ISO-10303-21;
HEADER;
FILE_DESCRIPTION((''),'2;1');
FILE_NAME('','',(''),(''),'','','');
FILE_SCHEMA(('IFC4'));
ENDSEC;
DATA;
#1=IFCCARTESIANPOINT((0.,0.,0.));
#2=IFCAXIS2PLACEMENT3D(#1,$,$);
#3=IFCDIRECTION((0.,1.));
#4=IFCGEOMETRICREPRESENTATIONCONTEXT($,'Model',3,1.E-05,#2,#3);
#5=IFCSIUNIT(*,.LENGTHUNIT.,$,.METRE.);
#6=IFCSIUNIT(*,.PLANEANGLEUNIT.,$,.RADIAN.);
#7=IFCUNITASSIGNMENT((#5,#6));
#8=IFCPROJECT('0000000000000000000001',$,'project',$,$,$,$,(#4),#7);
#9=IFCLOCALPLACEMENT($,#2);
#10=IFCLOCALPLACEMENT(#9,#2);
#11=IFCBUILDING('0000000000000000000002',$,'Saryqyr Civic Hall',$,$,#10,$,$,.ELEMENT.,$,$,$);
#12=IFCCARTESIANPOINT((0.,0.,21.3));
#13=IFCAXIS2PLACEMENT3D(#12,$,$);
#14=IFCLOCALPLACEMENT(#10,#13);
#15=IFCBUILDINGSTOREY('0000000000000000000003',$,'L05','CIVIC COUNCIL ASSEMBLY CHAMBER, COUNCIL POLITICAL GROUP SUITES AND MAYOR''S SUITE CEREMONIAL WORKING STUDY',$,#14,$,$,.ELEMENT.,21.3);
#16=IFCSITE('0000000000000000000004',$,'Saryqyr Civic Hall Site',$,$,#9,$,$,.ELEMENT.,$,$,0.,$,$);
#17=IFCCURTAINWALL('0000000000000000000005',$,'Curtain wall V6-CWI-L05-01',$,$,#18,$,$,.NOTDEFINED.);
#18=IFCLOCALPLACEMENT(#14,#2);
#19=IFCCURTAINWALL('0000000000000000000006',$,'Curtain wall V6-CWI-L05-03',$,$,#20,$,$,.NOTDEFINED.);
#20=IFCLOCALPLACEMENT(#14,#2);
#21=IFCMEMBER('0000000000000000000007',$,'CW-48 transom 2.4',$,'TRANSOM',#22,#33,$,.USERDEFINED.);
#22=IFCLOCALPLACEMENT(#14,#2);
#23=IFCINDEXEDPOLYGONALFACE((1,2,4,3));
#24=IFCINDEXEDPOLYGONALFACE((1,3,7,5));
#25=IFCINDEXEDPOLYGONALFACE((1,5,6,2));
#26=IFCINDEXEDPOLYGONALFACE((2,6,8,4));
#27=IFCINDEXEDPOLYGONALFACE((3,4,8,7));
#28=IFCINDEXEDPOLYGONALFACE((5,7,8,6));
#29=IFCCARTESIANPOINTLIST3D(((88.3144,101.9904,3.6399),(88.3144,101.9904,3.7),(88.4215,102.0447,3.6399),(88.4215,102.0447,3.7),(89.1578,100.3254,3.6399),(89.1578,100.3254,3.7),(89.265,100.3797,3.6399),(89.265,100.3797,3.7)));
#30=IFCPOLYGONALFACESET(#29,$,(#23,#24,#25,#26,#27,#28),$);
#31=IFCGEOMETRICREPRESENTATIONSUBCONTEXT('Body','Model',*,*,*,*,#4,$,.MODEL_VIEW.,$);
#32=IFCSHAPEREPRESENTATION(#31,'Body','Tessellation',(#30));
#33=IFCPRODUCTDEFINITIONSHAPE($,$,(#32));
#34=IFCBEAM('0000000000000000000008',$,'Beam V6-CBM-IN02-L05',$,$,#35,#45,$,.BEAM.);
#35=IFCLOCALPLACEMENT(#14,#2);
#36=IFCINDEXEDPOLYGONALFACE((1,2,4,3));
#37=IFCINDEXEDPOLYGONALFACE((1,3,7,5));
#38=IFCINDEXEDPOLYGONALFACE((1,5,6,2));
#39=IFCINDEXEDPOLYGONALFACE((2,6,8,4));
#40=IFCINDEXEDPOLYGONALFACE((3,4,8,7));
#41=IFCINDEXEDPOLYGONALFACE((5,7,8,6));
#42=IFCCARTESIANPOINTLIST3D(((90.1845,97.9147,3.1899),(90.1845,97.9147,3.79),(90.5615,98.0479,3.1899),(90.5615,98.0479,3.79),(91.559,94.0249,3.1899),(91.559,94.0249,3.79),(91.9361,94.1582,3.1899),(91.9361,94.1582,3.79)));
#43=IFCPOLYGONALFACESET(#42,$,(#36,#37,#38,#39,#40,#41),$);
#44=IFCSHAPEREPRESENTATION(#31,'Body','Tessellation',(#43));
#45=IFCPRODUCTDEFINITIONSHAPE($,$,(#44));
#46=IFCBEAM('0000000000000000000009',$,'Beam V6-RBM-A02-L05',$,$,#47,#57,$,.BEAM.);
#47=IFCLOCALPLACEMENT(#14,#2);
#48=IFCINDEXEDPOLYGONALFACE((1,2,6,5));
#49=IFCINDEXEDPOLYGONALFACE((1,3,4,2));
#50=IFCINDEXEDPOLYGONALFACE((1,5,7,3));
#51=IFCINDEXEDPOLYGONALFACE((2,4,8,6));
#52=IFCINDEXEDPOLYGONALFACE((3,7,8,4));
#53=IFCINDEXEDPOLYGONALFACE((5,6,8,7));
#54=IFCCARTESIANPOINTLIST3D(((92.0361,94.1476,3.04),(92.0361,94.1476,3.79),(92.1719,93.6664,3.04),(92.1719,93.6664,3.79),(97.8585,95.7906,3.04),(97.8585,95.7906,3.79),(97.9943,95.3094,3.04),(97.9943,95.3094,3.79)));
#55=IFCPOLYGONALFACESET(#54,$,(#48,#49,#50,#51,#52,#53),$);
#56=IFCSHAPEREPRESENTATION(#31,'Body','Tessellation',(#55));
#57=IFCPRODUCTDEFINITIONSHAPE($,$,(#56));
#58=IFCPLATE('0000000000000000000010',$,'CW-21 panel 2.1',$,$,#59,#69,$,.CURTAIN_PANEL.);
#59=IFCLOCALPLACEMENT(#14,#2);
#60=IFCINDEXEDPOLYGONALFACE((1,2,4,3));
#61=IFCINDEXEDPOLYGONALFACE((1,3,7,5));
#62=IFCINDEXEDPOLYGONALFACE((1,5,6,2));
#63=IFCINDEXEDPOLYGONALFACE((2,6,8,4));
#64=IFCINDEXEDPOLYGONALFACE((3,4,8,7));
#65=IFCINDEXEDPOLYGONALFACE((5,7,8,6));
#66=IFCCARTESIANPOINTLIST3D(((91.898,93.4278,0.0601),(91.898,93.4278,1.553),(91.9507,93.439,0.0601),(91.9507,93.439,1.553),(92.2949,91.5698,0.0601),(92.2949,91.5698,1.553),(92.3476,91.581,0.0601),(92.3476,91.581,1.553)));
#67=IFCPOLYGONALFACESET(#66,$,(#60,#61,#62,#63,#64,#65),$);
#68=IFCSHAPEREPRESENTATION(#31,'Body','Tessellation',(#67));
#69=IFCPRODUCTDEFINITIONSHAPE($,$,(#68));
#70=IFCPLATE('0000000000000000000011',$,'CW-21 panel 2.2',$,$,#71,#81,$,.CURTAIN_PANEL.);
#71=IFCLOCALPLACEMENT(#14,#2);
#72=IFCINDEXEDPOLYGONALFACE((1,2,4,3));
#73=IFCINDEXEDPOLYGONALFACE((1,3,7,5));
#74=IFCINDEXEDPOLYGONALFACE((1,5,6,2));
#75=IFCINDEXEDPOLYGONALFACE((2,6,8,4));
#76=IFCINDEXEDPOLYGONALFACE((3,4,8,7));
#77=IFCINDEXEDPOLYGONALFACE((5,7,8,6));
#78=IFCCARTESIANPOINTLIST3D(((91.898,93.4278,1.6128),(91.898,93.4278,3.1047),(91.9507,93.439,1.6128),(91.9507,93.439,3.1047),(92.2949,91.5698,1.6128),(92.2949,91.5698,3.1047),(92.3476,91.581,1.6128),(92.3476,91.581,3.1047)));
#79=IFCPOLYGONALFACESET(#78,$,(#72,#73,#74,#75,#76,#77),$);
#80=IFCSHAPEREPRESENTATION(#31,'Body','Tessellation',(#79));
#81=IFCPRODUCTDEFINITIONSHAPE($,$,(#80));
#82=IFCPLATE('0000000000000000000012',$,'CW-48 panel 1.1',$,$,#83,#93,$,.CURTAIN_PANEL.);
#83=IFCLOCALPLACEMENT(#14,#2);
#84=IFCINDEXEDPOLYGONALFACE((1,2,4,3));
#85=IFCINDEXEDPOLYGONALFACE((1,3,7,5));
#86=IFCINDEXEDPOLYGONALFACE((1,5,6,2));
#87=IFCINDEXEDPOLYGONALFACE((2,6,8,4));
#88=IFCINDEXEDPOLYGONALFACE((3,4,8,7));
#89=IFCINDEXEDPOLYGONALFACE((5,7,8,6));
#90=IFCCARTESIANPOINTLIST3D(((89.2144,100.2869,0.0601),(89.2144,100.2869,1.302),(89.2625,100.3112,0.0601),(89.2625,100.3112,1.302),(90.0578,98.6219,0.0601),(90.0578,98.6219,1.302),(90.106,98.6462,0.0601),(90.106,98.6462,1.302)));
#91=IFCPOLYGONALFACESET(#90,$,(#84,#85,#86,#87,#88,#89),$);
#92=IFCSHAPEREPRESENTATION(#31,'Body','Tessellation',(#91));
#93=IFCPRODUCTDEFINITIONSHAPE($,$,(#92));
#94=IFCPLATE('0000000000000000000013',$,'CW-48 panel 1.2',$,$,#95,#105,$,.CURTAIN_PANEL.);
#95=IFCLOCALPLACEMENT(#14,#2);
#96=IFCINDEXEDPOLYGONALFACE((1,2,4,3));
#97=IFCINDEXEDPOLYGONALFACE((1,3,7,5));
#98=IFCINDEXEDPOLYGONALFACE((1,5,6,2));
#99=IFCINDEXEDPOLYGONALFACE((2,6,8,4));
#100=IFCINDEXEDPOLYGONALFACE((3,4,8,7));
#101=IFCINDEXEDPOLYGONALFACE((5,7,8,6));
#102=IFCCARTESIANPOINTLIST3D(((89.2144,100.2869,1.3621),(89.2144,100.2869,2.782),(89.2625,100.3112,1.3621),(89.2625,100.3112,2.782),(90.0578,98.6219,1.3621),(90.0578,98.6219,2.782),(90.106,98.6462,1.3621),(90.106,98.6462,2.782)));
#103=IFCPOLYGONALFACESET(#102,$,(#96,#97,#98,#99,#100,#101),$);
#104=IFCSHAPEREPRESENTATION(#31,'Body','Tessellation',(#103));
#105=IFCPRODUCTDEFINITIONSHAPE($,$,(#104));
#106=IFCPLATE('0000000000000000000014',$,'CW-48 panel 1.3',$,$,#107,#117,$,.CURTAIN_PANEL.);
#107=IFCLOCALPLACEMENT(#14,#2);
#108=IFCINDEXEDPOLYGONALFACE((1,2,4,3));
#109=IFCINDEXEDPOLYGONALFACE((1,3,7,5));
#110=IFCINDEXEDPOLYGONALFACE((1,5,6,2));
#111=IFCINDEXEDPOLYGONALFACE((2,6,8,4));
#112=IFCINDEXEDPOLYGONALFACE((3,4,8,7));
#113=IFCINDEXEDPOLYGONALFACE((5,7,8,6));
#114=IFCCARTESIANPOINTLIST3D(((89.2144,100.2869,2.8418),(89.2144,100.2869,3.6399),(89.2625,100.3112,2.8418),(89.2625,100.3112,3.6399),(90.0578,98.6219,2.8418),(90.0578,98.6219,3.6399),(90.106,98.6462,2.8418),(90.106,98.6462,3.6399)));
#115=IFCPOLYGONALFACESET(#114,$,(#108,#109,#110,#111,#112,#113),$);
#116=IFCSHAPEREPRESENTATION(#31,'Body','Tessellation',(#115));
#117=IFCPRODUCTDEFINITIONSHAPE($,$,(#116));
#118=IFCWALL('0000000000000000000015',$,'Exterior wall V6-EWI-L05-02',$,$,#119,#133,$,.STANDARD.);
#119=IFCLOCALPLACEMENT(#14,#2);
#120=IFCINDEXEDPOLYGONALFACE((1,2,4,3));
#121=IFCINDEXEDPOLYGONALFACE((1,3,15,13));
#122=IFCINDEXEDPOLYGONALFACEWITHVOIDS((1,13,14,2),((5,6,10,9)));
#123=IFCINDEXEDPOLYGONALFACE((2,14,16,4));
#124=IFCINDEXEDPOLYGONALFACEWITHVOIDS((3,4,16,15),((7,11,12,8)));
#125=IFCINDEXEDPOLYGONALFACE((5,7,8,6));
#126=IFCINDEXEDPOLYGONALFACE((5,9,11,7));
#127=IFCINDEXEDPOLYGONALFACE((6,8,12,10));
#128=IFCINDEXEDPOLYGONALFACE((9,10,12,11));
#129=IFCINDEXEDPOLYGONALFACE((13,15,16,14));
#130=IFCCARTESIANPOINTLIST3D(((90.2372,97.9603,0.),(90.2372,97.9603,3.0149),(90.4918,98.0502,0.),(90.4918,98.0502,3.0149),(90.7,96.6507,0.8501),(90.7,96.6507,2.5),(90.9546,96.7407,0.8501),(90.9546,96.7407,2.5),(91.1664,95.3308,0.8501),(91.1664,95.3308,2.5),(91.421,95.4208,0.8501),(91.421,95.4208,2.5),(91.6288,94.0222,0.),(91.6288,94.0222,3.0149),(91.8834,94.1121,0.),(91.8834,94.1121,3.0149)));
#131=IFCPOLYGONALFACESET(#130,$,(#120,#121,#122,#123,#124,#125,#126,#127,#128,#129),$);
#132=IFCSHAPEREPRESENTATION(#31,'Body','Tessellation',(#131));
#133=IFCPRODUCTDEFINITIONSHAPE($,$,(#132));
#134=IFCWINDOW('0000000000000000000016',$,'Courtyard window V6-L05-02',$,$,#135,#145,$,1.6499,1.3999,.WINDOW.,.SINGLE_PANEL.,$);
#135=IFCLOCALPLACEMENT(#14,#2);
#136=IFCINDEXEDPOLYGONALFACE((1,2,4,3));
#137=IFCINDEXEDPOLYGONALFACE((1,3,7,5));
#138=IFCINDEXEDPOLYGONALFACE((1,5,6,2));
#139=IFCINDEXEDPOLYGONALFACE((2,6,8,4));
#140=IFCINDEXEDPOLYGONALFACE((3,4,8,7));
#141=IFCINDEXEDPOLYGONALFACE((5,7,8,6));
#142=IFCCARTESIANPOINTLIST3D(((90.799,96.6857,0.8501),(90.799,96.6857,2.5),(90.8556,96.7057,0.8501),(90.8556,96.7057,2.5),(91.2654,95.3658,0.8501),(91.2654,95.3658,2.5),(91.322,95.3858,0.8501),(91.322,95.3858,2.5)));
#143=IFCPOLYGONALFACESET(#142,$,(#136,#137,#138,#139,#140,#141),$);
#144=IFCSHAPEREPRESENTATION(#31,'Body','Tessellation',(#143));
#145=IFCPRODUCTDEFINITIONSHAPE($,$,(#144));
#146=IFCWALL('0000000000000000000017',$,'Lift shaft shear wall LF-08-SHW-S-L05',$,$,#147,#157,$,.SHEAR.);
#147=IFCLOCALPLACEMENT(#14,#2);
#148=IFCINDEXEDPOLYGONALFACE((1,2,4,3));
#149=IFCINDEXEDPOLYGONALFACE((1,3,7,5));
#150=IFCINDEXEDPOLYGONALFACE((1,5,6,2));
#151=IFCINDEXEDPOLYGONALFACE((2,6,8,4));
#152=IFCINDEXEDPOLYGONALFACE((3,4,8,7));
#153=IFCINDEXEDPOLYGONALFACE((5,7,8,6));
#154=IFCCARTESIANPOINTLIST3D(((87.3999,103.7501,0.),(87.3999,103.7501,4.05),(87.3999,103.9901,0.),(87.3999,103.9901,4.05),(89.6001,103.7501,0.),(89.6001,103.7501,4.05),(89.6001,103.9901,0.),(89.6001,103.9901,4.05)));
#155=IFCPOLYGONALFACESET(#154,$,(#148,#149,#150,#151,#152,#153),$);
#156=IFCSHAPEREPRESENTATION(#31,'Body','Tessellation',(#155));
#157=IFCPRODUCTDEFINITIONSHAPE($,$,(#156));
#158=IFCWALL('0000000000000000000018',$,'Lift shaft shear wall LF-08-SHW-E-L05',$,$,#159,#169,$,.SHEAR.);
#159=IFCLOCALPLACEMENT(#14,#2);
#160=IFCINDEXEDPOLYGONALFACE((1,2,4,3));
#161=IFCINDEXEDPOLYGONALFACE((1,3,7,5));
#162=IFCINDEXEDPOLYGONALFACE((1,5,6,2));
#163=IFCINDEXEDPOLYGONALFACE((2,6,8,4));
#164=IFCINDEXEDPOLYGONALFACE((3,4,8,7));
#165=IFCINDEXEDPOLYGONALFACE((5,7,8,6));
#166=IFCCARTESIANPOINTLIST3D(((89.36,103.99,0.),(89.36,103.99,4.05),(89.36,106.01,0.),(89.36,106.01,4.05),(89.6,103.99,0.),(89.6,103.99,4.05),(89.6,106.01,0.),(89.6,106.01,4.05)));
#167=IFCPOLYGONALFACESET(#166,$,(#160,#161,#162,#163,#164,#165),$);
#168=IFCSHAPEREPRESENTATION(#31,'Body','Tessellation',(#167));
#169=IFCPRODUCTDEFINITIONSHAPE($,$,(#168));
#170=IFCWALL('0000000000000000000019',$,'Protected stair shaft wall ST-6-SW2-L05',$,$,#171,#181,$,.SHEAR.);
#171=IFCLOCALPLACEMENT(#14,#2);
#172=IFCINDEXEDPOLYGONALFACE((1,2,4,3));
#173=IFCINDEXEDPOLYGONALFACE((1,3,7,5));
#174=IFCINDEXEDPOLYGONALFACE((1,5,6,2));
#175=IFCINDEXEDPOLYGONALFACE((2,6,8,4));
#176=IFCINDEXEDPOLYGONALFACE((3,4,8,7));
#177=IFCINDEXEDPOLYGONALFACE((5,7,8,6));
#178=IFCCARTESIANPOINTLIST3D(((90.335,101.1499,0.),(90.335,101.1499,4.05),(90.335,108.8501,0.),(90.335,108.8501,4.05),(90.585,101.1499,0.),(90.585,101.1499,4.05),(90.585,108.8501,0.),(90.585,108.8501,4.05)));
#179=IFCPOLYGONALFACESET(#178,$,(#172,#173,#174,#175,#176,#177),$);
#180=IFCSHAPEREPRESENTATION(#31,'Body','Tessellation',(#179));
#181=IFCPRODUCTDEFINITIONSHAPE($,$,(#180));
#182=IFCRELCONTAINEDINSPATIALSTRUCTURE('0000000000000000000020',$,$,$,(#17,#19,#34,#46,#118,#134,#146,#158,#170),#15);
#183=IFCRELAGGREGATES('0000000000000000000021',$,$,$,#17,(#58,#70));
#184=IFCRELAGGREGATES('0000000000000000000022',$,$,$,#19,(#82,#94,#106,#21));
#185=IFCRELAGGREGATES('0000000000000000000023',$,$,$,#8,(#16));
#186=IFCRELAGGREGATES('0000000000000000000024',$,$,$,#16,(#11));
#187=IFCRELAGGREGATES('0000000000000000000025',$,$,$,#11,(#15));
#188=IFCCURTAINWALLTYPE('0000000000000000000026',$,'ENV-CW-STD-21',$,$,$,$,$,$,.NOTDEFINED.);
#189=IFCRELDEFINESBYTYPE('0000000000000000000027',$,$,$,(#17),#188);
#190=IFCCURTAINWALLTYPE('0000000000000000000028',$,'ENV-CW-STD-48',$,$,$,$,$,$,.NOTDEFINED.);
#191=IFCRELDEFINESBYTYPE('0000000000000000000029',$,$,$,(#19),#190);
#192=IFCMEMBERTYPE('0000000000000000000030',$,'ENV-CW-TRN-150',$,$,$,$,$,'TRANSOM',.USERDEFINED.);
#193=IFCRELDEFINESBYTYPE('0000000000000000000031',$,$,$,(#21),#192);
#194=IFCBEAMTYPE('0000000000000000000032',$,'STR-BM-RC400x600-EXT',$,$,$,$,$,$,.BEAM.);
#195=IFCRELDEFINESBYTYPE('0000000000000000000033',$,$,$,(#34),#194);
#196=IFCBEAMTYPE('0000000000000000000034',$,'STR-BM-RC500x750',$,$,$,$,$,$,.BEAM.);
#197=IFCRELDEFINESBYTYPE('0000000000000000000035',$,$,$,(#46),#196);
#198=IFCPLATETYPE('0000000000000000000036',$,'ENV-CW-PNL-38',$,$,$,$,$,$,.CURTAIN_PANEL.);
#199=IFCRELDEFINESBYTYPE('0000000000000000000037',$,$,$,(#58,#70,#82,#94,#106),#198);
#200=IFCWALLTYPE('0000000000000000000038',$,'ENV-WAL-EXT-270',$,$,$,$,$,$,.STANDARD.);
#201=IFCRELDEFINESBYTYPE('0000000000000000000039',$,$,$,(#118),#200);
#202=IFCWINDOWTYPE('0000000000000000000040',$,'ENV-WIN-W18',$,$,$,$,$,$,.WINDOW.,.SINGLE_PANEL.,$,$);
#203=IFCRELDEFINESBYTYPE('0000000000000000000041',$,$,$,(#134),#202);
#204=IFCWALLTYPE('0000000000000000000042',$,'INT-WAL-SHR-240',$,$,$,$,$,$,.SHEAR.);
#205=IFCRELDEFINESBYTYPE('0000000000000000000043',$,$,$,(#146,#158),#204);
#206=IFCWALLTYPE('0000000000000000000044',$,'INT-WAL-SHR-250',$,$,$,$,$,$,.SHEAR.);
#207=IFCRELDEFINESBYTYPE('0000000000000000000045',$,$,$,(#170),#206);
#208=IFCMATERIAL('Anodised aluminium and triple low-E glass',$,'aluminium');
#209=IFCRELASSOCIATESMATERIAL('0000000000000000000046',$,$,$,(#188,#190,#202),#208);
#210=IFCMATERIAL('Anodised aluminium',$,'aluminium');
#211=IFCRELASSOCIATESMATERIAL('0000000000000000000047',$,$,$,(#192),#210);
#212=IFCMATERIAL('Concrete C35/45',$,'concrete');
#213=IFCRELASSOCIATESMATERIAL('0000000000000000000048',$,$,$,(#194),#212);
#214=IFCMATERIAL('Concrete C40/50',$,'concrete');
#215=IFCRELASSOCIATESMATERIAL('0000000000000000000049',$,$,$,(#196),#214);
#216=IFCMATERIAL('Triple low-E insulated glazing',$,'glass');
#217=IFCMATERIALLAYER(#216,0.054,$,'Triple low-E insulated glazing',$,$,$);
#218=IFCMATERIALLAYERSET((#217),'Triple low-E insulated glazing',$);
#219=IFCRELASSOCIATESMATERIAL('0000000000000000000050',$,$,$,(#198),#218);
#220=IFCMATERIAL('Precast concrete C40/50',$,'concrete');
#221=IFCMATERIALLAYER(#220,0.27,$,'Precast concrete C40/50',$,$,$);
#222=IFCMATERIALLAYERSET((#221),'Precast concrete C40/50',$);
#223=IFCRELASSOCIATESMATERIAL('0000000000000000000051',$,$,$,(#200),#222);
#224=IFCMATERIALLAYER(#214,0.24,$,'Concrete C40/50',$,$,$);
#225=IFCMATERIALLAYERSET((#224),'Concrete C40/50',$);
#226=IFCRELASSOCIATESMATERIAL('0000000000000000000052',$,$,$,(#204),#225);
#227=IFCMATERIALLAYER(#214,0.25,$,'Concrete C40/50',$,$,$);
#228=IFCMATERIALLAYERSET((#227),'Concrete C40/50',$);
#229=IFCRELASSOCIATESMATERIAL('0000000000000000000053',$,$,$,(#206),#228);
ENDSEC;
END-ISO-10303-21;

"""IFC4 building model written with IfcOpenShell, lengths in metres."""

from ifc_helpers import new_model, si_unit, direction, frame, frame_2d, origin, origin_2d, place, context, subcontext, project, spatial, rectangle, extrude, material, layer, layer_set, material_profile, profile_set, type_object, element, fill, aggregate, save


model = new_model("IFC4")

# Units and contexts
model_context = context("Model", 3, precision=1e-05, world=origin(), true_north=direction((0.0, 1.0)))
body_context = subcontext(model_context, "Body", "Model", "MODEL_VIEW")
ifc_project = project(units=[si_unit("LENGTHUNIT", "METRE"), si_unit("PLANEANGLEUNIT", "RADIAN")], contexts=[model_context])

# Site, building, storey
site_placement = place(None, origin())
site = spatial("IfcSite", under=ifc_project, at=site_placement, Name="Saryqyr Civic Hall Site", CompositionType="ELEMENT", RefElevation=0.0)
building_placement = place(site_placement, origin())
building = spatial("IfcBuilding", under=site, at=building_placement, Name="Saryqyr Civic Hall", CompositionType="ELEMENT")
storey_placement = place(building_placement, frame((0.0, 0.0, 21.3)))
storey = spatial("IfcBuildingStorey", under=building, at=storey_placement, Name="L05", Description="CIVIC COUNCIL ASSEMBLY CHAMBER, COUNCIL POLITICAL GROUP SUITES AND MAYOR'S SUITE CEREMONIAL WORKING STUDY", CompositionType="ELEMENT", Elevation=21.3)

# Shared definitions
ifc_material_1 = material(Name="Concrete C40/50", Category="concrete")

# Curtain walls
ifc_material_2 = material(Name="Anodised aluminium and triple low-E glass", Category="aluminium")
curtain_wall_type_1 = type_object("IfcCurtainWallType", Name="ENV-CW-STD-21", PredefinedType="NOTDEFINED", material=ifc_material_2)
curtain_wall_1_placement = place(storey_placement, origin())
curtain_wall_1 = element("IfcCurtainWall", 1, at=curtain_wall_1_placement, inside=storey, type_object=curtain_wall_type_1, Name="Curtain wall V6-CWI-L05-01", PredefinedType="NOTDEFINED")
ifc_material_3 = material(Name="Anodised aluminium", Category="aluminium")
curtain_wall_type_2 = type_object("IfcCurtainWallType", Name="ENV-CW-STD-48", PredefinedType="NOTDEFINED", material=ifc_material_2)
curtain_wall_2_placement = place(storey_placement, origin())
curtain_wall_2 = element("IfcCurtainWall", 2, at=curtain_wall_2_placement, inside=storey, type_object=curtain_wall_type_2, Name="Curtain wall V6-CWI-L05-03", PredefinedType="NOTDEFINED")

# Member
ifc_material_profile_1 = material_profile(ifc_material_3, rectangle(XDim=0.1201, YDim=0.0601, at=origin_2d()), Name="ALU TRANSOM 120x60")
ifc_profile_set_1 = profile_set([ifc_material_profile_1], Name="Anodised aluminium")
member_type_1 = type_object("IfcMemberType", Name="ENV-CW-TRN-150", ElementType="TRANSOM", PredefinedType="USERDEFINED", material=ifc_profile_set_1)
member_1_placement = place(storey_placement, frame((89.2114, 100.3525, 3.6699), z_axis=(-0.451916, 0.89206, 0.0), x_axis=(-0.89206, -0.451916, 0.0)))
member_1 = element("IfcMember", 3, at=member_1_placement, type_object=member_type_1, Name="CW-48 transom 2.4", ObjectType="TRANSOM", PredefinedType="USERDEFINED", context=body_context, shape_type="SweptSolid", body=[
    extrude(rectangle(XDim=0.1201, YDim=0.0601, at=origin_2d()), origin(), (0.0, 0.0, 1.0), 1.8665),
])

# Beams
ifc_material_4 = material(Name="Concrete C35/45", Category="concrete")
ifc_material_profile_2 = material_profile(ifc_material_4, rectangle(XDim=0.3999, YDim=0.6001, at=origin_2d()), Name="RC 400x600")
ifc_profile_set_2 = profile_set([ifc_material_profile_2], Name="Concrete C35/45")
beam_type_1 = type_object("IfcBeamType", Name="STR-BM-RC400x600-EXT", PredefinedType="BEAM", material=ifc_profile_set_2)
beam_1_placement = place(storey_placement, frame((91.7476, 94.0916, 3.49), z_axis=(-0.333185, 0.942861, 0.0), x_axis=(-0.942861, -0.333185, 0.0)))
element("IfcBeam", 4, at=beam_1_placement, inside=storey, type_object=beam_type_1, Name="Beam V6-CBM-IN02-L05", PredefinedType="BEAM", context=body_context, shape_type="SweptSolid", body=[
    extrude(rectangle(XDim=0.3999, YDim=0.6001, at=origin_2d()), origin(), (0.0, 0.0, 1.0), 4.1255),
])
ifc_material_profile_3 = material_profile(ifc_material_1, rectangle(XDim=0.5, YDim=0.75, at=origin_2d()), Name="RC 500x750")
ifc_profile_set_3 = profile_set([ifc_material_profile_3], Name="Concrete C40/50")
beam_type_2 = type_object("IfcBeamType", Name="STR-BM-RC500x750", PredefinedType="BEAM", material=ifc_profile_set_3)
beam_2_placement = place(storey_placement, frame((92.104, 93.907, 3.415), z_axis=(0.962414, 0.271586, 0.0), x_axis=(-0.271586, 0.962414, 0.0)))
element("IfcBeam", 5, at=beam_2_placement, inside=storey, type_object=beam_type_2, Name="Beam V6-RBM-A02-L05", PredefinedType="BEAM", context=body_context, shape_type="SweptSolid", body=[
    extrude(rectangle(XDim=0.5, YDim=0.75, at=origin_2d()), origin(), (0.0, 0.0, 1.0), 6.0498),
])

# Plates
ifc_material_5 = material(Name="Triple low-E insulated glazing", Category="glass")
ifc_layer_1 = layer(ifc_material_5, 0.054, Name="Triple low-E insulated glazing")
ifc_layer_set_1 = layer_set([ifc_layer_1], Name="Triple low-E insulated glazing")
plate_type = type_object("IfcPlateType", Name="ENV-CW-PNL-38", PredefinedType="CURTAIN_PANEL", material=ifc_layer_set_1)
plate_1_placement = place(storey_placement, frame((92.1228, 92.5044, 0.0601), z_axis=(0.0, 0.0, 1.0), x_axis=(-0.208899, 0.977937, 0.0)))
plate_1 = element("IfcPlate", 6, at=plate_1_placement, type_object=plate_type, Name="CW-21 panel 2.1", PredefinedType="CURTAIN_PANEL", context=body_context, shape_type="SweptSolid", body=[
    extrude(rectangle(XDim=1.8999, YDim=0.054, at=origin_2d()), origin(), (0.0, 0.0, 1.0), 1.4929),
])
plate_2_placement = place(storey_placement, frame((92.1228, 92.5044, 1.6128), z_axis=(0.0, 0.0, 1.0), x_axis=(-0.208899, 0.977937, 0.0)))
plate_2 = element("IfcPlate", 7, at=plate_2_placement, type_object=plate_type, Name="CW-21 panel 2.2", PredefinedType="CURTAIN_PANEL", context=body_context, shape_type="SweptSolid", body=[
    extrude(rectangle(XDim=1.8999, YDim=0.054, at=origin_2d()), origin(), (0.0, 0.0, 1.0), 1.4919),
])
aggregate(curtain_wall_1, [plate_1, plate_2])
plate_3_placement = place(storey_placement, frame((89.6602, 99.4666, 0.0601), z_axis=(0.0, 0.0, 1.0), x_axis=(-0.45191, 0.892064, 0.0)))
plate_3 = element("IfcPlate", 8, at=plate_3_placement, type_object=plate_type, Name="CW-48 panel 1.1", PredefinedType="CURTAIN_PANEL", context=body_context, shape_type="SweptSolid", body=[
    extrude(rectangle(XDim=1.8665, YDim=0.054, at=origin_2d()), origin(), (0.0, 0.0, 1.0), 1.2419),
])
plate_4_placement = place(storey_placement, frame((89.6602, 99.4666, 1.3621), z_axis=(0.0, 0.0, 1.0), x_axis=(-0.45191, 0.892064, 0.0)))
plate_4 = element("IfcPlate", 9, at=plate_4_placement, type_object=plate_type, Name="CW-48 panel 1.2", PredefinedType="CURTAIN_PANEL", context=body_context, shape_type="SweptSolid", body=[
    extrude(rectangle(XDim=1.8665, YDim=0.054, at=origin_2d()), origin(), (0.0, 0.0, 1.0), 1.4199),
])
plate_5_placement = place(storey_placement, frame((89.6602, 99.4666, 2.8418), z_axis=(0.0, 0.0, 1.0), x_axis=(-0.45191, 0.892064, 0.0)))
plate_5 = element("IfcPlate", 10, at=plate_5_placement, type_object=plate_type, Name="CW-48 panel 1.3", PredefinedType="CURTAIN_PANEL", context=body_context, shape_type="SweptSolid", body=[
    extrude(rectangle(XDim=1.8665, YDim=0.054, at=origin_2d()), origin(), (0.0, 0.0, 1.0), 0.7981),
])
aggregate(curtain_wall_2, [plate_3, plate_4, plate_5, member_1])

# Wall, opening, window
ifc_material_6 = material(Name="Precast concrete C40/50", Category="concrete")
ifc_layer_2 = layer(ifc_material_6, 0.27, Name="Precast concrete C40/50")
ifc_layer_set_2 = layer_set([ifc_layer_2], Name="Precast concrete C40/50")
wall_type_1 = type_object("IfcWallType", Name="ENV-WAL-EXT-270", PredefinedType="STANDARD", material=ifc_layer_set_2)
wall_1_placement = place(storey_placement, frame((91.7561, 94.0671, 0.0), z_axis=(0.0, 0.0, 1.0), x_axis=(-0.333169, 0.942867, 0.0)))
wall_1 = element("IfcWall", 11, at=wall_1_placement, inside=storey, type_object=wall_type_1, Name="Exterior wall V6-EWI-L05-02", PredefinedType="STANDARD", context=body_context, shape_type="SweptSolid", body=[
    extrude(rectangle(XDim=4.1768, YDim=0.27, at=frame_2d((2.0884, 0.0))), origin(), (0.0, 0.0, 1.0), 3.0149),
])
opening_placement = place(wall_1_placement, frame((1.3879, 0.0, 0.8501)))
opening = element("IfcOpeningElement", 12, at=opening_placement, cuts=wall_1, PredefinedType="OPENING", context=body_context, shape_type="SweptSolid", body=[
    extrude(rectangle(XDim=1.3999, YDim=1.6499, at=frame_2d((0.7, 0.825))), frame((0.0, 0.145, 0.0), z_axis=(0.0, -1.0, 0.0), x_axis=(1.0, 0.0, 0.0)), (0.0, 0.0, 1.0), 0.29),
])
window_type = type_object("IfcWindowType", Name="ENV-WIN-W18", PartitioningType="SINGLE_PANEL", PredefinedType="WINDOW", material=ifc_material_2)
window_placement = place(opening_placement, origin())
window = element("IfcWindow", 13, at=window_placement, inside=storey, type_object=window_type, Name="Courtyard window V6-L05-02", OverallHeight=1.6499, OverallWidth=1.3999, PartitioningType="SINGLE_PANEL", PredefinedType="WINDOW", context=body_context, shape_type="SweptSolid", body=[
    extrude(rectangle(XDim=1.3999, YDim=1.6499, at=frame_2d((0.7, 0.825))), frame((0.0, 0.03, 0.0), z_axis=(0.0, -1.0, 0.0), x_axis=(1.0, 0.0, 0.0)), (0.0, 0.0, 1.0), 0.0601),
])
fill(opening, window)

# Walls
ifc_layer_3 = layer(ifc_material_1, 0.24, Name="Concrete C40/50")
ifc_layer_set_3 = layer_set([ifc_layer_3], Name="Concrete C40/50")
wall_type_2 = type_object("IfcWallType", Name="INT-WAL-SHR-240", PredefinedType="SHEAR", material=ifc_layer_set_3)
wall_2_placement = place(storey_placement, frame((89.6001, 103.8701, 0.0), z_axis=(0.0, 0.0, 1.0), x_axis=(-1.0, 0.0, 0.0)))
element("IfcWall", 14, at=wall_2_placement, inside=storey, type_object=wall_type_2, Name="Lift shaft shear wall LF-08-SHW-S-L05", PredefinedType="SHEAR", context=body_context, shape_type="SweptSolid", body=[
    extrude(rectangle(XDim=2.2002, YDim=0.24, at=frame_2d((1.1001, 0.0))), origin(), (0.0, 0.0, 1.0), 4.05),
])
wall_3_placement = place(storey_placement, frame((89.48, 106.01, 0.0), z_axis=(0.0, 0.0, 1.0), x_axis=(0.0, -1.0, 0.0)))
element("IfcWall", 15, at=wall_3_placement, inside=storey, type_object=wall_type_2, Name="Lift shaft shear wall LF-08-SHW-E-L05", PredefinedType="SHEAR", context=body_context, shape_type="SweptSolid", body=[
    extrude(rectangle(XDim=2.02, YDim=0.24, at=frame_2d((1.01, 0.0))), origin(), (0.0, 0.0, 1.0), 4.05),
])
ifc_layer_4 = layer(ifc_material_1, 0.25, Name="Concrete C40/50")
ifc_layer_set_4 = layer_set([ifc_layer_4], Name="Concrete C40/50")
wall_type_3 = type_object("IfcWallType", Name="INT-WAL-SHR-250", PredefinedType="SHEAR", material=ifc_layer_set_4)
wall_4_placement = place(storey_placement, frame((90.46, 101.1499, 0.0), z_axis=(0.0, 0.0, 1.0), x_axis=(0.0, 1.0, 0.0)))
element("IfcWall", 16, at=wall_4_placement, inside=storey, type_object=wall_type_3, Name="Protected stair shaft wall ST-6-SW2-L05", PredefinedType="SHEAR", context=body_context, shape_type="SweptSolid", body=[
    extrude(rectangle(XDim=7.7002, YDim=0.25, at=frame_2d((3.8501, 0.0))), origin(), (0.0, 0.0, 1.0), 4.05),
])

save(model, "model.ifc")
